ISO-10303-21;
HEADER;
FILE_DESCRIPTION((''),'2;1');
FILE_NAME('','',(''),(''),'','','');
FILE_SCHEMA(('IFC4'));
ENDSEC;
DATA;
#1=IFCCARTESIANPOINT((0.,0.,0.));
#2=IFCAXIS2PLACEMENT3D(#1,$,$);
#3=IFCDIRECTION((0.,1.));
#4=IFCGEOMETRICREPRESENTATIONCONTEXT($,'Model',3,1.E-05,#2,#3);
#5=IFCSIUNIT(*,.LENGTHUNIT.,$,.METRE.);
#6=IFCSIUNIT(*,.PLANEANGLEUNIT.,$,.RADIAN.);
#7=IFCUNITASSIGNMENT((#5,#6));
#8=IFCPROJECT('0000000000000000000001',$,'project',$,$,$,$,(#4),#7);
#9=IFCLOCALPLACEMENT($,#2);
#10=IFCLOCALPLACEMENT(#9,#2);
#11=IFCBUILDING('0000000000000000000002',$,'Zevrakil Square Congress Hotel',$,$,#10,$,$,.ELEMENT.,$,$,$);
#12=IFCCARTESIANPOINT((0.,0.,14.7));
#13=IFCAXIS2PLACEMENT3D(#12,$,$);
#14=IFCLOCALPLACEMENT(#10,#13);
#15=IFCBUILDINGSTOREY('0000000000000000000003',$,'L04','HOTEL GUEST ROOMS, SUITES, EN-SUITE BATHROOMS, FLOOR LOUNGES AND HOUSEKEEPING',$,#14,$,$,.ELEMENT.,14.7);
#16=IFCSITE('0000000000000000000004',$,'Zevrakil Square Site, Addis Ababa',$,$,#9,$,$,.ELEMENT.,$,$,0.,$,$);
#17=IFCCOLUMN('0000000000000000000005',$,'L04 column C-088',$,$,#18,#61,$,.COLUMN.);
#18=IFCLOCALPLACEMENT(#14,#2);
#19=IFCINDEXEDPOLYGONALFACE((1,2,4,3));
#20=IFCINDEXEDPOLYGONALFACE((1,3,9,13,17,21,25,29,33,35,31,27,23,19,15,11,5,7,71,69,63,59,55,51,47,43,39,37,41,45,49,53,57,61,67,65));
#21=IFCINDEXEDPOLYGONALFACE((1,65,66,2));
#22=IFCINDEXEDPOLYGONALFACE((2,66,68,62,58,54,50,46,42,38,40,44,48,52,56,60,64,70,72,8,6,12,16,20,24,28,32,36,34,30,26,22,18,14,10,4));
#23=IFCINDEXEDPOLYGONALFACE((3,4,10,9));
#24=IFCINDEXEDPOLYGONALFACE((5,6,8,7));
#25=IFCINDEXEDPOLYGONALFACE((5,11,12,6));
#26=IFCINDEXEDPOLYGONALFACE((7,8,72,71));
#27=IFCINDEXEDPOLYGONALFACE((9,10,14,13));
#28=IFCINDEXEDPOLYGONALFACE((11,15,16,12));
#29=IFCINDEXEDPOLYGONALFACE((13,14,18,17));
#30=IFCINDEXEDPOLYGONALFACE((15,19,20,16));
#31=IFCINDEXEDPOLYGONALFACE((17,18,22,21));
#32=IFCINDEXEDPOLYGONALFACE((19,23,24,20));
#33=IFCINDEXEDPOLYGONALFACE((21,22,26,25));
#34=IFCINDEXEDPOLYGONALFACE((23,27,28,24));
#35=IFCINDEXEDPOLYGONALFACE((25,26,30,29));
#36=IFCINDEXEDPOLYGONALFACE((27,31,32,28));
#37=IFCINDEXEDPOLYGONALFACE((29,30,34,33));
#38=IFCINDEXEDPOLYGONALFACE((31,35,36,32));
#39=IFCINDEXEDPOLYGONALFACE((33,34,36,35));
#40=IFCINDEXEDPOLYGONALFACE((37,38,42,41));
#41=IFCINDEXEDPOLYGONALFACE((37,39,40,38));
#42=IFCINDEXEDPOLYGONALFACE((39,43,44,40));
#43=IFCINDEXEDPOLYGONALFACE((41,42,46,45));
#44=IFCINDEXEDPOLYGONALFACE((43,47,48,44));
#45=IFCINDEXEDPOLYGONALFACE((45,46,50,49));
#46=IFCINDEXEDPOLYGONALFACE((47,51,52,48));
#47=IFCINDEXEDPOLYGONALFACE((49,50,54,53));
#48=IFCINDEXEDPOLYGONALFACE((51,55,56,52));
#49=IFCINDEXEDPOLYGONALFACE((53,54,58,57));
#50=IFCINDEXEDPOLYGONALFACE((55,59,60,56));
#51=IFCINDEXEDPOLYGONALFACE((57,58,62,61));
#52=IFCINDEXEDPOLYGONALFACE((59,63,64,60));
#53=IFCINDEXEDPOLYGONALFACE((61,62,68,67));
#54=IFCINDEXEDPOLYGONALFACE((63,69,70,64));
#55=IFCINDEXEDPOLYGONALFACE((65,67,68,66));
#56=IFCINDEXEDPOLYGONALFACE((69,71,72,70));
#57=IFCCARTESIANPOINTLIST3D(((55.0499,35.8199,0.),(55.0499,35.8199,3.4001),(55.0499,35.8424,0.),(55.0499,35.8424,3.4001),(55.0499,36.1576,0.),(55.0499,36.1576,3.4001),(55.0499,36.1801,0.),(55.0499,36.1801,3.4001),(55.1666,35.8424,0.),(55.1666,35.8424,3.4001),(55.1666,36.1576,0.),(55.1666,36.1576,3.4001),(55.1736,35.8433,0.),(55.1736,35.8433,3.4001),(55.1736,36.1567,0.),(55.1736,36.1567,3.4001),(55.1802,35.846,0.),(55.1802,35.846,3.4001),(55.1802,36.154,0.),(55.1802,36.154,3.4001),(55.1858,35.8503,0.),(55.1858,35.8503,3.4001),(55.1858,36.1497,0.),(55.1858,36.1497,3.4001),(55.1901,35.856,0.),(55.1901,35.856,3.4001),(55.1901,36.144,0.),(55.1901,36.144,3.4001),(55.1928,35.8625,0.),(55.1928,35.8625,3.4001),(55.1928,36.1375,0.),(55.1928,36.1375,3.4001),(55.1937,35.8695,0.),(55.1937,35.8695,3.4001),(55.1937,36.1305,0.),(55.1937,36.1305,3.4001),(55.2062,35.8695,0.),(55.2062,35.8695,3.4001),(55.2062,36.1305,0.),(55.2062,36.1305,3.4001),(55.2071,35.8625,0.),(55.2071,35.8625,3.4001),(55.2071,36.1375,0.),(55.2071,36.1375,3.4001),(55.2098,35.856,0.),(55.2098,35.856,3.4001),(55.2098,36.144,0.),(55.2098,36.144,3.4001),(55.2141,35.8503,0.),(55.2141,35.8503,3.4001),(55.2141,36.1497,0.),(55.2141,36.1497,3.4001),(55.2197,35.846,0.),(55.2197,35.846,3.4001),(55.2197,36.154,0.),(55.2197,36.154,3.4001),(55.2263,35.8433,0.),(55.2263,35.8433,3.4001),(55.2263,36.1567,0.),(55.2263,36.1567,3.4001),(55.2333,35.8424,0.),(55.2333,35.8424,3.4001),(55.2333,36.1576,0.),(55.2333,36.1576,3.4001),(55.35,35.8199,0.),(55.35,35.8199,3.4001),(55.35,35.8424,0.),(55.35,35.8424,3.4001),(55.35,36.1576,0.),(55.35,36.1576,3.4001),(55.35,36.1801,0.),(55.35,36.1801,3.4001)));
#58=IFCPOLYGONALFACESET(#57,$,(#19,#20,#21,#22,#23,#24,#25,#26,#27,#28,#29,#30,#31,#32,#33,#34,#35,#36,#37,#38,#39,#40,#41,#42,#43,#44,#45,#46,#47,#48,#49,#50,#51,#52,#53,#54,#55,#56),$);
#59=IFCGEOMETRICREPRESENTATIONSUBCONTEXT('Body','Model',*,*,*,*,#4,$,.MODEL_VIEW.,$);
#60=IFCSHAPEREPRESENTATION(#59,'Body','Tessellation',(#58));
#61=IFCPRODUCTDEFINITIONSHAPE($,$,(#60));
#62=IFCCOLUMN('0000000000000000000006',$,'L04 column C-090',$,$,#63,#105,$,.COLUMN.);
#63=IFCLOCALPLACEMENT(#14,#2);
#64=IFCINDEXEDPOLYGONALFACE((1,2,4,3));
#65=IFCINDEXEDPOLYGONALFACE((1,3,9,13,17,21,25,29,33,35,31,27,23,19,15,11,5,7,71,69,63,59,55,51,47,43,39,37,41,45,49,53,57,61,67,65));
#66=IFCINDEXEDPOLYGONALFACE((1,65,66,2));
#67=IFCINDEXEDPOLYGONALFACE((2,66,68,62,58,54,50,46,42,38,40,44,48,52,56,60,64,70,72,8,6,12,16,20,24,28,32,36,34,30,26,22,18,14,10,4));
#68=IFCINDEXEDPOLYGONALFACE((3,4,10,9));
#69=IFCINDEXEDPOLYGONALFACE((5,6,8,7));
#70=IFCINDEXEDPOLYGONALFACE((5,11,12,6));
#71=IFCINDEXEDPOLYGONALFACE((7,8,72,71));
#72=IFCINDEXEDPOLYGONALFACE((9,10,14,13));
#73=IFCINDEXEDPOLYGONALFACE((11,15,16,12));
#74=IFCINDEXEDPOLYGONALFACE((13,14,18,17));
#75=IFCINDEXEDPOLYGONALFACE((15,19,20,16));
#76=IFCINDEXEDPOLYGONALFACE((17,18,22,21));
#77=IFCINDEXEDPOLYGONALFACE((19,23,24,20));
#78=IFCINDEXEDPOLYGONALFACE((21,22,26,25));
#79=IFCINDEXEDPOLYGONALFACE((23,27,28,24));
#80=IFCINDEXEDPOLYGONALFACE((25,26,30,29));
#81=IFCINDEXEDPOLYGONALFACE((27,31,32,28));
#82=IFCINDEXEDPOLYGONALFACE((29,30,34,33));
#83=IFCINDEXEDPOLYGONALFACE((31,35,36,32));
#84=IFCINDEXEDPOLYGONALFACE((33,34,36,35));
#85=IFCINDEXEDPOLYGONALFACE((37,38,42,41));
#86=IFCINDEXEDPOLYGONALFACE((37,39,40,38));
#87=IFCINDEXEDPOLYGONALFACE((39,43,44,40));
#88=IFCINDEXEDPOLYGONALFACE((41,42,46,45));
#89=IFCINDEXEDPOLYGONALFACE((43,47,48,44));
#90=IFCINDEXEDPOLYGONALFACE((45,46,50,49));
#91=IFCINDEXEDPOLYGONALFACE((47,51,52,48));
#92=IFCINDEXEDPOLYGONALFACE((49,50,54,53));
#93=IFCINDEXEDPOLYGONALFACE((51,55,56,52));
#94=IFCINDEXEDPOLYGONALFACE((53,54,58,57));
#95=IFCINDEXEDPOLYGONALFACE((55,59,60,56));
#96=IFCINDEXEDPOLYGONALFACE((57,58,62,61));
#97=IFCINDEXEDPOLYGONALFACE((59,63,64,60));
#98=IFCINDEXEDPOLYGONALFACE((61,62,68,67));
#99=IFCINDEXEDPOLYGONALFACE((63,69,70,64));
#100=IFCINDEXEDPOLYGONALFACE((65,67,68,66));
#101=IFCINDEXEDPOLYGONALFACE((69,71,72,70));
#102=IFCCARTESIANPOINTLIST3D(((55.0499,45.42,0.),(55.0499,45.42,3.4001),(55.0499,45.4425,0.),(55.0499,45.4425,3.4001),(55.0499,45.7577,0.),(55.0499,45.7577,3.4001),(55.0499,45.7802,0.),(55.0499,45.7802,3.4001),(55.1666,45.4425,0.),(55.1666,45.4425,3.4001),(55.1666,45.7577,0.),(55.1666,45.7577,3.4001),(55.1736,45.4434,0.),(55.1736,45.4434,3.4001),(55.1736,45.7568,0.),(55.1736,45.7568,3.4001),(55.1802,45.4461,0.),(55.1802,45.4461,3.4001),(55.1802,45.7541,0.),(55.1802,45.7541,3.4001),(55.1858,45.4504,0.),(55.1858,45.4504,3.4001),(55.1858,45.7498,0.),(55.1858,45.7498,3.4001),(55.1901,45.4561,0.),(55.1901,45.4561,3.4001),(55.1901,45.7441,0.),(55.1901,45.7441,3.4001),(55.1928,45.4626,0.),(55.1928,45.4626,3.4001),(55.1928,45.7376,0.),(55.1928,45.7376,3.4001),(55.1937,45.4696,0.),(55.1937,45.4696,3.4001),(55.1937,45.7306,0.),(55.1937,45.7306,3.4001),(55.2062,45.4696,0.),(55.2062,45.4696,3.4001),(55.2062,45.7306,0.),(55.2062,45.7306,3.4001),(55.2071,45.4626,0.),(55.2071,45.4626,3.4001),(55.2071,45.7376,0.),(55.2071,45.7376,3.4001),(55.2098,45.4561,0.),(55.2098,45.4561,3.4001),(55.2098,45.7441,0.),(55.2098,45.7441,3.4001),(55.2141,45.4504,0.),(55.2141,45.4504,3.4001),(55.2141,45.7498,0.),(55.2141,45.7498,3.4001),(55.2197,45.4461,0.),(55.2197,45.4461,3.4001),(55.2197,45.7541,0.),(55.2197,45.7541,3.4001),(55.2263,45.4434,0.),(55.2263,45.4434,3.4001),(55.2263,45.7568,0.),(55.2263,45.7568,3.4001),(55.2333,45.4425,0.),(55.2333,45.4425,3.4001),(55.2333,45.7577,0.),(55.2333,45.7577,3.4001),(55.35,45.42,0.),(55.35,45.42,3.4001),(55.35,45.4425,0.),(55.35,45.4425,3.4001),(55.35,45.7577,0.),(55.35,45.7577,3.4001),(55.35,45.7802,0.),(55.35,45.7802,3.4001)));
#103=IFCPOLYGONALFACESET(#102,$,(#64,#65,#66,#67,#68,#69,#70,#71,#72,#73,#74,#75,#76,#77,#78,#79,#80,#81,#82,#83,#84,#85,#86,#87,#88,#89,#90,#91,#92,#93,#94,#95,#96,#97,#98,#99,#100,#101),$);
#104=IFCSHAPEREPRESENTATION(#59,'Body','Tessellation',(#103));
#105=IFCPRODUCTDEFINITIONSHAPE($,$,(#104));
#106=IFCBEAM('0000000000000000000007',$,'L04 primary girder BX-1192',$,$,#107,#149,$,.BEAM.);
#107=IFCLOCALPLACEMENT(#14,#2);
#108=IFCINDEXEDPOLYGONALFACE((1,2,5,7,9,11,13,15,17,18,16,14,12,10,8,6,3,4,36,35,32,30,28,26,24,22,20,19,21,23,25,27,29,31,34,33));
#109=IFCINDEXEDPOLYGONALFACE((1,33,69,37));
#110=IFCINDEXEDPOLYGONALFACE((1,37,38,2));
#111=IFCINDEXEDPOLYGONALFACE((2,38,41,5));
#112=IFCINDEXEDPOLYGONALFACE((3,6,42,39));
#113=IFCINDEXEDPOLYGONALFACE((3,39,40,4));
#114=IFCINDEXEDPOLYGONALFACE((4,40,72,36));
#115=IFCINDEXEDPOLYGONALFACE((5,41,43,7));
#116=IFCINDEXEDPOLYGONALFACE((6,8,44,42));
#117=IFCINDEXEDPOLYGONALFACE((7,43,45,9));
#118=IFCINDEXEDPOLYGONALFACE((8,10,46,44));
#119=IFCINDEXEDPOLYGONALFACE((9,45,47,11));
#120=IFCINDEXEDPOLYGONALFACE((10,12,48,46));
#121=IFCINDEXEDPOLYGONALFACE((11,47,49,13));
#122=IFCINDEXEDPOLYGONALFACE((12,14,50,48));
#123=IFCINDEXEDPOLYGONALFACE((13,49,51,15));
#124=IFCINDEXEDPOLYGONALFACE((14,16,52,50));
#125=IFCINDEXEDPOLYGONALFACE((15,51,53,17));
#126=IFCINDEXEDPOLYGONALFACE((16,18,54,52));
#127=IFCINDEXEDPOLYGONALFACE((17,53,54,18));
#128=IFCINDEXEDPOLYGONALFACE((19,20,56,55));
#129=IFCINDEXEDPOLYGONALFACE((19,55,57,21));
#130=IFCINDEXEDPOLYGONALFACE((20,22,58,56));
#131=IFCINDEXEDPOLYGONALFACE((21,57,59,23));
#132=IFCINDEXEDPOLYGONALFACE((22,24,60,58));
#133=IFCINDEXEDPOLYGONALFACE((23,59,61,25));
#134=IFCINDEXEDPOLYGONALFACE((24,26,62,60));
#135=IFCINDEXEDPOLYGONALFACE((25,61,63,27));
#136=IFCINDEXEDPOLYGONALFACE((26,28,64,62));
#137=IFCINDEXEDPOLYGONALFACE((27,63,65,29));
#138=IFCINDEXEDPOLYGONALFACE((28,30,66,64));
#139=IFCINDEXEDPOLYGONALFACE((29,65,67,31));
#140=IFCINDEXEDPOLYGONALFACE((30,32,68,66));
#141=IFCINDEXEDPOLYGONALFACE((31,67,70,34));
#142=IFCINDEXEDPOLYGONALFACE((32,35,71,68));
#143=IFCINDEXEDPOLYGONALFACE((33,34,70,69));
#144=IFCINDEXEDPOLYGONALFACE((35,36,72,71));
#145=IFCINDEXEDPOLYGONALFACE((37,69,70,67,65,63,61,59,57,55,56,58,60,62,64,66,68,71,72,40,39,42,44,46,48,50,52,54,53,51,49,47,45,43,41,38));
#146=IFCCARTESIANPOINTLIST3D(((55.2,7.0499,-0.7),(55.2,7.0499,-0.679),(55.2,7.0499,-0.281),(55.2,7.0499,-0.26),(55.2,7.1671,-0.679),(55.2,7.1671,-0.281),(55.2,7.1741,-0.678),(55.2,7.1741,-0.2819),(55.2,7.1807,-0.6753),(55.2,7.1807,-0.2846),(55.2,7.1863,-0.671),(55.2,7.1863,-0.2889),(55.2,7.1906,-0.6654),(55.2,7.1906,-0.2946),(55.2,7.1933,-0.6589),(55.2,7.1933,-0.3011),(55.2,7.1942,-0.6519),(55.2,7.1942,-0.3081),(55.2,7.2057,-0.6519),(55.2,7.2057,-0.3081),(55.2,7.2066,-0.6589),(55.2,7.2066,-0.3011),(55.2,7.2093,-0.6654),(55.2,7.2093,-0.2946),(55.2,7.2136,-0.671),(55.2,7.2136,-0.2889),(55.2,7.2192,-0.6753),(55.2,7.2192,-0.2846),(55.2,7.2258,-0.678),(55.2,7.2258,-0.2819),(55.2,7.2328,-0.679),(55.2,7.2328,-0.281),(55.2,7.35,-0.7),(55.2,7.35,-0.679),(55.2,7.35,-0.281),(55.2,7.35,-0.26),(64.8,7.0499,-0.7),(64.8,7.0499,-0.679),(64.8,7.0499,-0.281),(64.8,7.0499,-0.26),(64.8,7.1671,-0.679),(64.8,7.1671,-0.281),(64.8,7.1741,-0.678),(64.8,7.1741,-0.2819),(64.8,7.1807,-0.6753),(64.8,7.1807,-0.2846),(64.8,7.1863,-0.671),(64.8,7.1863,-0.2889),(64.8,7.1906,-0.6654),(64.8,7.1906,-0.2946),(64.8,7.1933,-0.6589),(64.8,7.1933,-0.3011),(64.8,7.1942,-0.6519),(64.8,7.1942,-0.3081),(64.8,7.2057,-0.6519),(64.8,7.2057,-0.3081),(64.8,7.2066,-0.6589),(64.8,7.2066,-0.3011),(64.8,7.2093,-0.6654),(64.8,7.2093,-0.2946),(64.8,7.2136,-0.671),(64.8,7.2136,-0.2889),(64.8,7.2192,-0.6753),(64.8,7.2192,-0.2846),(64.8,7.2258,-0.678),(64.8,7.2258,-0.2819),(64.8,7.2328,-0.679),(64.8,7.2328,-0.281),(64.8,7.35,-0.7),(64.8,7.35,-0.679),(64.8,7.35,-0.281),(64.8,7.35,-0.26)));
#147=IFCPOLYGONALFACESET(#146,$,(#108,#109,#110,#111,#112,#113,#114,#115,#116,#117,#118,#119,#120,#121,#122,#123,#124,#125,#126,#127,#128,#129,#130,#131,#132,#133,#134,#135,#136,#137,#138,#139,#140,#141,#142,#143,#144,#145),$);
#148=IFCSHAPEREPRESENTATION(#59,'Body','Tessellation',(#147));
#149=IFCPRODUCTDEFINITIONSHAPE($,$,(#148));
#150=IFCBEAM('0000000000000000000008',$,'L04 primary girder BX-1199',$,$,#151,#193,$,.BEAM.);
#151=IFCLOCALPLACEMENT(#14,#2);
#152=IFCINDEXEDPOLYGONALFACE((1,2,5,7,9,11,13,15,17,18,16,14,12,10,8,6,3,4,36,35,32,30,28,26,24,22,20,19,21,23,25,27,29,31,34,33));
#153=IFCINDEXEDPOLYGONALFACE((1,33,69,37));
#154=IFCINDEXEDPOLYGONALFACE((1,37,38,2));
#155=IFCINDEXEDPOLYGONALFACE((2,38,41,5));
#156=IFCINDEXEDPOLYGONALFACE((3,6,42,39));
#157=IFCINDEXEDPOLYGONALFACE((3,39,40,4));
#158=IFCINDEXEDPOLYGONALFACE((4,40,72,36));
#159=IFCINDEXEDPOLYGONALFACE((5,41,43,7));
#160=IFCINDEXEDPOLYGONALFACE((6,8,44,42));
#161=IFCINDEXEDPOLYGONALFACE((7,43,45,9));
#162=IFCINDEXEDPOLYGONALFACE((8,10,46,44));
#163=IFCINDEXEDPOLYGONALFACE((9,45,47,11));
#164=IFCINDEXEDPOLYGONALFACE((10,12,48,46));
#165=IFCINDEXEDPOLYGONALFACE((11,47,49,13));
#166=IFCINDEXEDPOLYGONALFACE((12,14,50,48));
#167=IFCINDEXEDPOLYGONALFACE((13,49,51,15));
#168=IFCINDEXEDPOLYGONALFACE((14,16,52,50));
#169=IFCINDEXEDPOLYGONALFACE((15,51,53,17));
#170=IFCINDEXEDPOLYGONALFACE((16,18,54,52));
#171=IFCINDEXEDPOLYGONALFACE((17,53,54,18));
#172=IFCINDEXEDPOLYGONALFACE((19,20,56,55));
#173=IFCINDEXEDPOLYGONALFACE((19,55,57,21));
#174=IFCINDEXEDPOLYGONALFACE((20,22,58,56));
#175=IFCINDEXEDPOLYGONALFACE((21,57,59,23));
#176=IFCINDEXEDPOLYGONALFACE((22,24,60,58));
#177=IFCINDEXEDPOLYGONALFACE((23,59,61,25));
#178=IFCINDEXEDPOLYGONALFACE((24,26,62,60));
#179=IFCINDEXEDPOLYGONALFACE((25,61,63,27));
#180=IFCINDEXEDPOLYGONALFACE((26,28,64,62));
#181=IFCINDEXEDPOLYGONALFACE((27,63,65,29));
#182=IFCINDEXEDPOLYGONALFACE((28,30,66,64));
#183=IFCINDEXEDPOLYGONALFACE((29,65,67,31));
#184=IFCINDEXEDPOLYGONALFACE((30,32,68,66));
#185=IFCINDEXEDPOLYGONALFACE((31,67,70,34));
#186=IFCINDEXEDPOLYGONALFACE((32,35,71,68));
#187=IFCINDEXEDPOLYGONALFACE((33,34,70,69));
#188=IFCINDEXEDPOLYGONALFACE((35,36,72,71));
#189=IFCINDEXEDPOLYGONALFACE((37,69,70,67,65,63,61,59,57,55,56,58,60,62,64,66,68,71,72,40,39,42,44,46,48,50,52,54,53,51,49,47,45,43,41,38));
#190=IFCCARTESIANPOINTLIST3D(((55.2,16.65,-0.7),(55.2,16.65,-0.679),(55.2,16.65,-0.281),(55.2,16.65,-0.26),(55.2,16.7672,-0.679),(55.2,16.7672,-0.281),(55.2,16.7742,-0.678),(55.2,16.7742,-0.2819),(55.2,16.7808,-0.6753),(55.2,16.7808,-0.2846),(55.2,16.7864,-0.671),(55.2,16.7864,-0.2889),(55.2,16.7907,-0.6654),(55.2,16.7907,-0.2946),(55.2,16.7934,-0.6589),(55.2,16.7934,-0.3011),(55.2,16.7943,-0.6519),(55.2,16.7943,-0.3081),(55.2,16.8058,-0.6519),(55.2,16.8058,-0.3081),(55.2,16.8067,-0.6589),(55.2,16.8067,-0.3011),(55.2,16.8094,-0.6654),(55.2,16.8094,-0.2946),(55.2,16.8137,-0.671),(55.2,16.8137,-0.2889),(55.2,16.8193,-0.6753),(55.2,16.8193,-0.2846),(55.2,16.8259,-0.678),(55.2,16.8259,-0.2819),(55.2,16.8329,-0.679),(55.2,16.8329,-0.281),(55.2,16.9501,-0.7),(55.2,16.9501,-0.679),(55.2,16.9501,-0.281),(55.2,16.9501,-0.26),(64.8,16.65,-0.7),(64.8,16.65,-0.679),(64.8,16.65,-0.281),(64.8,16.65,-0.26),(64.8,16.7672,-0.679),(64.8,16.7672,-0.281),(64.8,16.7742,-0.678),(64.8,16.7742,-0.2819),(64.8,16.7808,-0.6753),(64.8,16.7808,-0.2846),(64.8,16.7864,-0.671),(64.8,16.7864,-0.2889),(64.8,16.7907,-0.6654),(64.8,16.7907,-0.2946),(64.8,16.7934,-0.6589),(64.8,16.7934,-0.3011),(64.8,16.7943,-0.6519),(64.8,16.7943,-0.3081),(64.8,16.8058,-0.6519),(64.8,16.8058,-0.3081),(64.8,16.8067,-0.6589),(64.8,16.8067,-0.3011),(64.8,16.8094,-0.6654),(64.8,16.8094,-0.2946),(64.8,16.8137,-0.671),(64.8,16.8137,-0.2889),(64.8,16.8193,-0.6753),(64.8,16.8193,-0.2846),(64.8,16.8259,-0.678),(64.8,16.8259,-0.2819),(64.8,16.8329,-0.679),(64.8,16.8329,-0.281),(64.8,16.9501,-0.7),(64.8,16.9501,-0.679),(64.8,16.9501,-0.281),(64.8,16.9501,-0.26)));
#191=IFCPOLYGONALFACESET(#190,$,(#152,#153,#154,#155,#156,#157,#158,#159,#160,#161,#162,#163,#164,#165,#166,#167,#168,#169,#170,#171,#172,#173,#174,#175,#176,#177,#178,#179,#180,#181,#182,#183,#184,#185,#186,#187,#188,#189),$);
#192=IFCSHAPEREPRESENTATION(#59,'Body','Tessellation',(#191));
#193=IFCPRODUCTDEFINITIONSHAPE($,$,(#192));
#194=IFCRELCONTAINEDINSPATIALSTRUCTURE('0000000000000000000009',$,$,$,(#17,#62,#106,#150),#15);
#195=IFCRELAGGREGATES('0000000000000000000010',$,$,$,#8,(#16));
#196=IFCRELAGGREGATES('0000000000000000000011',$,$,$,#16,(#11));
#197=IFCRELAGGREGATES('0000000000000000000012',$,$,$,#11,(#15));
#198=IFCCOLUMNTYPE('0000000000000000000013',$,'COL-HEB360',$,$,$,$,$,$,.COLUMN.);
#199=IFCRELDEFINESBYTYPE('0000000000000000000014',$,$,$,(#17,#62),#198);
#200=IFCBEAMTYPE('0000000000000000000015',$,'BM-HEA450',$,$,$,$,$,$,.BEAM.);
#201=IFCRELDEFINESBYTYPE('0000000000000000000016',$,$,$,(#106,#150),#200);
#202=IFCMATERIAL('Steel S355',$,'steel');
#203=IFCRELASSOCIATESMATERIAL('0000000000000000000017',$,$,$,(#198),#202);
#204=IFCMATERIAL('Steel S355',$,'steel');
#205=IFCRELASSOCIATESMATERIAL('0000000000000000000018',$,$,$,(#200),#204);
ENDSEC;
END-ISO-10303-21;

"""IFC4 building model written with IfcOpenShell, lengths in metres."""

from ifc_helpers import new_model, si_unit, direction, frame, origin, origin_2d, place, context, subcontext, project, spatial, i_section, extrude, material, material_profile, profile_set, type_object, element, save


model = new_model("IFC4")

# Units and contexts
model_context = context("Model", 3, precision=1e-05, world=origin(), true_north=direction((0.0, 1.0)))
body_context = subcontext(model_context, "Body", "Model", "MODEL_VIEW")
ifc_project = project(units=[si_unit("LENGTHUNIT", "METRE"), si_unit("PLANEANGLEUNIT", "RADIAN")], contexts=[model_context])

# Site, building, storey
site_placement = place(None, origin())
site = spatial("IfcSite", under=ifc_project, at=site_placement, Name="Zevrakil Square Site, Addis Ababa", CompositionType="ELEMENT", RefElevation=0.0)
building_placement = place(site_placement, origin())
building = spatial("IfcBuilding", under=site, at=building_placement, Name="Zevrakil Square Congress Hotel", CompositionType="ELEMENT")
storey_placement = place(building_placement, frame((0.0, 0.0, 14.7)))
storey = spatial("IfcBuildingStorey", under=building, at=storey_placement, Name="L04", Description="HOTEL GUEST ROOMS, SUITES, EN-SUITE BATHROOMS, FLOOR LOUNGES AND HOUSEKEEPING", CompositionType="ELEMENT", Elevation=14.7)

# Columns
ifc_material_1 = material(Name="Steel S355", Category="steel")
ifc_material_profile_1 = material_profile(ifc_material_1, i_section(OverallWidth=0.3, OverallDepth=0.3601, WebThickness=0.0125, FlangeThickness=0.0225, FilletRadius=0.0271, at=origin_2d()), Name="HEB 360")
ifc_profile_set_1 = profile_set([ifc_material_profile_1], Name="Steel S355")
column_type = type_object("IfcColumnType", Name="COL-HEB360", PredefinedType="COLUMN", material=ifc_profile_set_1)
for number, where, z_axis, x_axis, name in (
    (1, (55.2, 36.0, 0.0), (0.0, 0.0, 1.0), (1.0, 0.0, 0.0), "L04 column C-088"),
    (2, (55.2, 45.6001, 0.0), (0.0, 0.0, 1.0), (1.0, 0.0, 0.0), "L04 column C-090"),
):
    element("IfcColumn", number, at=place(storey_placement, frame(where, z_axis=z_axis, x_axis=x_axis)), inside=storey, type_object=column_type, Name=name, PredefinedType="COLUMN", context=body_context, shape_type="SweptSolid", body=[
        extrude(i_section(OverallWidth=0.3, OverallDepth=0.3601, WebThickness=0.0125, FlangeThickness=0.0225, FilletRadius=0.0271, at=origin_2d()), origin(), (0.0, 0.0, 1.0), 3.4001),
    ])

# Beams
ifc_material_2 = material(Name="Steel S355", Category="steel")
ifc_material_profile_2 = material_profile(ifc_material_2, i_section(OverallWidth=0.3, OverallDepth=0.4399, WebThickness=0.0115, FlangeThickness=0.021, FilletRadius=0.0271, at=origin_2d()), Name="HEA 450")
ifc_profile_set_2 = profile_set([ifc_material_profile_2], Name="Steel S355")
beam_type_1 = type_object("IfcBeamType", Name="BM-HEA450", PredefinedType="BEAM", material=ifc_profile_set_2)
for number, where, z_axis, x_axis, name in (
    (3, (55.2, 7.2, -0.48), (1.0, 0.0, 0.0), (0.0, 1.0, 0.0), "L04 primary girder BX-1192"),
    (4, (55.2, 16.8, -0.48), (1.0, 0.0, 0.0), (0.0, 1.0, 0.0), "L04 primary girder BX-1199"),
):
    element("IfcBeam", number, at=place(storey_placement, frame(where, z_axis=z_axis, x_axis=x_axis)), inside=storey, type_object=beam_type_1, Name=name, PredefinedType="BEAM", context=body_context, shape_type="SweptSolid", body=[
        extrude(i_section(OverallWidth=0.3, OverallDepth=0.4399, WebThickness=0.0115, FlangeThickness=0.021, FilletRadius=0.0271, at=origin_2d()), origin(), (0.0, 0.0, 1.0), 9.6001),
    ])

save(model, "model.ifc")
